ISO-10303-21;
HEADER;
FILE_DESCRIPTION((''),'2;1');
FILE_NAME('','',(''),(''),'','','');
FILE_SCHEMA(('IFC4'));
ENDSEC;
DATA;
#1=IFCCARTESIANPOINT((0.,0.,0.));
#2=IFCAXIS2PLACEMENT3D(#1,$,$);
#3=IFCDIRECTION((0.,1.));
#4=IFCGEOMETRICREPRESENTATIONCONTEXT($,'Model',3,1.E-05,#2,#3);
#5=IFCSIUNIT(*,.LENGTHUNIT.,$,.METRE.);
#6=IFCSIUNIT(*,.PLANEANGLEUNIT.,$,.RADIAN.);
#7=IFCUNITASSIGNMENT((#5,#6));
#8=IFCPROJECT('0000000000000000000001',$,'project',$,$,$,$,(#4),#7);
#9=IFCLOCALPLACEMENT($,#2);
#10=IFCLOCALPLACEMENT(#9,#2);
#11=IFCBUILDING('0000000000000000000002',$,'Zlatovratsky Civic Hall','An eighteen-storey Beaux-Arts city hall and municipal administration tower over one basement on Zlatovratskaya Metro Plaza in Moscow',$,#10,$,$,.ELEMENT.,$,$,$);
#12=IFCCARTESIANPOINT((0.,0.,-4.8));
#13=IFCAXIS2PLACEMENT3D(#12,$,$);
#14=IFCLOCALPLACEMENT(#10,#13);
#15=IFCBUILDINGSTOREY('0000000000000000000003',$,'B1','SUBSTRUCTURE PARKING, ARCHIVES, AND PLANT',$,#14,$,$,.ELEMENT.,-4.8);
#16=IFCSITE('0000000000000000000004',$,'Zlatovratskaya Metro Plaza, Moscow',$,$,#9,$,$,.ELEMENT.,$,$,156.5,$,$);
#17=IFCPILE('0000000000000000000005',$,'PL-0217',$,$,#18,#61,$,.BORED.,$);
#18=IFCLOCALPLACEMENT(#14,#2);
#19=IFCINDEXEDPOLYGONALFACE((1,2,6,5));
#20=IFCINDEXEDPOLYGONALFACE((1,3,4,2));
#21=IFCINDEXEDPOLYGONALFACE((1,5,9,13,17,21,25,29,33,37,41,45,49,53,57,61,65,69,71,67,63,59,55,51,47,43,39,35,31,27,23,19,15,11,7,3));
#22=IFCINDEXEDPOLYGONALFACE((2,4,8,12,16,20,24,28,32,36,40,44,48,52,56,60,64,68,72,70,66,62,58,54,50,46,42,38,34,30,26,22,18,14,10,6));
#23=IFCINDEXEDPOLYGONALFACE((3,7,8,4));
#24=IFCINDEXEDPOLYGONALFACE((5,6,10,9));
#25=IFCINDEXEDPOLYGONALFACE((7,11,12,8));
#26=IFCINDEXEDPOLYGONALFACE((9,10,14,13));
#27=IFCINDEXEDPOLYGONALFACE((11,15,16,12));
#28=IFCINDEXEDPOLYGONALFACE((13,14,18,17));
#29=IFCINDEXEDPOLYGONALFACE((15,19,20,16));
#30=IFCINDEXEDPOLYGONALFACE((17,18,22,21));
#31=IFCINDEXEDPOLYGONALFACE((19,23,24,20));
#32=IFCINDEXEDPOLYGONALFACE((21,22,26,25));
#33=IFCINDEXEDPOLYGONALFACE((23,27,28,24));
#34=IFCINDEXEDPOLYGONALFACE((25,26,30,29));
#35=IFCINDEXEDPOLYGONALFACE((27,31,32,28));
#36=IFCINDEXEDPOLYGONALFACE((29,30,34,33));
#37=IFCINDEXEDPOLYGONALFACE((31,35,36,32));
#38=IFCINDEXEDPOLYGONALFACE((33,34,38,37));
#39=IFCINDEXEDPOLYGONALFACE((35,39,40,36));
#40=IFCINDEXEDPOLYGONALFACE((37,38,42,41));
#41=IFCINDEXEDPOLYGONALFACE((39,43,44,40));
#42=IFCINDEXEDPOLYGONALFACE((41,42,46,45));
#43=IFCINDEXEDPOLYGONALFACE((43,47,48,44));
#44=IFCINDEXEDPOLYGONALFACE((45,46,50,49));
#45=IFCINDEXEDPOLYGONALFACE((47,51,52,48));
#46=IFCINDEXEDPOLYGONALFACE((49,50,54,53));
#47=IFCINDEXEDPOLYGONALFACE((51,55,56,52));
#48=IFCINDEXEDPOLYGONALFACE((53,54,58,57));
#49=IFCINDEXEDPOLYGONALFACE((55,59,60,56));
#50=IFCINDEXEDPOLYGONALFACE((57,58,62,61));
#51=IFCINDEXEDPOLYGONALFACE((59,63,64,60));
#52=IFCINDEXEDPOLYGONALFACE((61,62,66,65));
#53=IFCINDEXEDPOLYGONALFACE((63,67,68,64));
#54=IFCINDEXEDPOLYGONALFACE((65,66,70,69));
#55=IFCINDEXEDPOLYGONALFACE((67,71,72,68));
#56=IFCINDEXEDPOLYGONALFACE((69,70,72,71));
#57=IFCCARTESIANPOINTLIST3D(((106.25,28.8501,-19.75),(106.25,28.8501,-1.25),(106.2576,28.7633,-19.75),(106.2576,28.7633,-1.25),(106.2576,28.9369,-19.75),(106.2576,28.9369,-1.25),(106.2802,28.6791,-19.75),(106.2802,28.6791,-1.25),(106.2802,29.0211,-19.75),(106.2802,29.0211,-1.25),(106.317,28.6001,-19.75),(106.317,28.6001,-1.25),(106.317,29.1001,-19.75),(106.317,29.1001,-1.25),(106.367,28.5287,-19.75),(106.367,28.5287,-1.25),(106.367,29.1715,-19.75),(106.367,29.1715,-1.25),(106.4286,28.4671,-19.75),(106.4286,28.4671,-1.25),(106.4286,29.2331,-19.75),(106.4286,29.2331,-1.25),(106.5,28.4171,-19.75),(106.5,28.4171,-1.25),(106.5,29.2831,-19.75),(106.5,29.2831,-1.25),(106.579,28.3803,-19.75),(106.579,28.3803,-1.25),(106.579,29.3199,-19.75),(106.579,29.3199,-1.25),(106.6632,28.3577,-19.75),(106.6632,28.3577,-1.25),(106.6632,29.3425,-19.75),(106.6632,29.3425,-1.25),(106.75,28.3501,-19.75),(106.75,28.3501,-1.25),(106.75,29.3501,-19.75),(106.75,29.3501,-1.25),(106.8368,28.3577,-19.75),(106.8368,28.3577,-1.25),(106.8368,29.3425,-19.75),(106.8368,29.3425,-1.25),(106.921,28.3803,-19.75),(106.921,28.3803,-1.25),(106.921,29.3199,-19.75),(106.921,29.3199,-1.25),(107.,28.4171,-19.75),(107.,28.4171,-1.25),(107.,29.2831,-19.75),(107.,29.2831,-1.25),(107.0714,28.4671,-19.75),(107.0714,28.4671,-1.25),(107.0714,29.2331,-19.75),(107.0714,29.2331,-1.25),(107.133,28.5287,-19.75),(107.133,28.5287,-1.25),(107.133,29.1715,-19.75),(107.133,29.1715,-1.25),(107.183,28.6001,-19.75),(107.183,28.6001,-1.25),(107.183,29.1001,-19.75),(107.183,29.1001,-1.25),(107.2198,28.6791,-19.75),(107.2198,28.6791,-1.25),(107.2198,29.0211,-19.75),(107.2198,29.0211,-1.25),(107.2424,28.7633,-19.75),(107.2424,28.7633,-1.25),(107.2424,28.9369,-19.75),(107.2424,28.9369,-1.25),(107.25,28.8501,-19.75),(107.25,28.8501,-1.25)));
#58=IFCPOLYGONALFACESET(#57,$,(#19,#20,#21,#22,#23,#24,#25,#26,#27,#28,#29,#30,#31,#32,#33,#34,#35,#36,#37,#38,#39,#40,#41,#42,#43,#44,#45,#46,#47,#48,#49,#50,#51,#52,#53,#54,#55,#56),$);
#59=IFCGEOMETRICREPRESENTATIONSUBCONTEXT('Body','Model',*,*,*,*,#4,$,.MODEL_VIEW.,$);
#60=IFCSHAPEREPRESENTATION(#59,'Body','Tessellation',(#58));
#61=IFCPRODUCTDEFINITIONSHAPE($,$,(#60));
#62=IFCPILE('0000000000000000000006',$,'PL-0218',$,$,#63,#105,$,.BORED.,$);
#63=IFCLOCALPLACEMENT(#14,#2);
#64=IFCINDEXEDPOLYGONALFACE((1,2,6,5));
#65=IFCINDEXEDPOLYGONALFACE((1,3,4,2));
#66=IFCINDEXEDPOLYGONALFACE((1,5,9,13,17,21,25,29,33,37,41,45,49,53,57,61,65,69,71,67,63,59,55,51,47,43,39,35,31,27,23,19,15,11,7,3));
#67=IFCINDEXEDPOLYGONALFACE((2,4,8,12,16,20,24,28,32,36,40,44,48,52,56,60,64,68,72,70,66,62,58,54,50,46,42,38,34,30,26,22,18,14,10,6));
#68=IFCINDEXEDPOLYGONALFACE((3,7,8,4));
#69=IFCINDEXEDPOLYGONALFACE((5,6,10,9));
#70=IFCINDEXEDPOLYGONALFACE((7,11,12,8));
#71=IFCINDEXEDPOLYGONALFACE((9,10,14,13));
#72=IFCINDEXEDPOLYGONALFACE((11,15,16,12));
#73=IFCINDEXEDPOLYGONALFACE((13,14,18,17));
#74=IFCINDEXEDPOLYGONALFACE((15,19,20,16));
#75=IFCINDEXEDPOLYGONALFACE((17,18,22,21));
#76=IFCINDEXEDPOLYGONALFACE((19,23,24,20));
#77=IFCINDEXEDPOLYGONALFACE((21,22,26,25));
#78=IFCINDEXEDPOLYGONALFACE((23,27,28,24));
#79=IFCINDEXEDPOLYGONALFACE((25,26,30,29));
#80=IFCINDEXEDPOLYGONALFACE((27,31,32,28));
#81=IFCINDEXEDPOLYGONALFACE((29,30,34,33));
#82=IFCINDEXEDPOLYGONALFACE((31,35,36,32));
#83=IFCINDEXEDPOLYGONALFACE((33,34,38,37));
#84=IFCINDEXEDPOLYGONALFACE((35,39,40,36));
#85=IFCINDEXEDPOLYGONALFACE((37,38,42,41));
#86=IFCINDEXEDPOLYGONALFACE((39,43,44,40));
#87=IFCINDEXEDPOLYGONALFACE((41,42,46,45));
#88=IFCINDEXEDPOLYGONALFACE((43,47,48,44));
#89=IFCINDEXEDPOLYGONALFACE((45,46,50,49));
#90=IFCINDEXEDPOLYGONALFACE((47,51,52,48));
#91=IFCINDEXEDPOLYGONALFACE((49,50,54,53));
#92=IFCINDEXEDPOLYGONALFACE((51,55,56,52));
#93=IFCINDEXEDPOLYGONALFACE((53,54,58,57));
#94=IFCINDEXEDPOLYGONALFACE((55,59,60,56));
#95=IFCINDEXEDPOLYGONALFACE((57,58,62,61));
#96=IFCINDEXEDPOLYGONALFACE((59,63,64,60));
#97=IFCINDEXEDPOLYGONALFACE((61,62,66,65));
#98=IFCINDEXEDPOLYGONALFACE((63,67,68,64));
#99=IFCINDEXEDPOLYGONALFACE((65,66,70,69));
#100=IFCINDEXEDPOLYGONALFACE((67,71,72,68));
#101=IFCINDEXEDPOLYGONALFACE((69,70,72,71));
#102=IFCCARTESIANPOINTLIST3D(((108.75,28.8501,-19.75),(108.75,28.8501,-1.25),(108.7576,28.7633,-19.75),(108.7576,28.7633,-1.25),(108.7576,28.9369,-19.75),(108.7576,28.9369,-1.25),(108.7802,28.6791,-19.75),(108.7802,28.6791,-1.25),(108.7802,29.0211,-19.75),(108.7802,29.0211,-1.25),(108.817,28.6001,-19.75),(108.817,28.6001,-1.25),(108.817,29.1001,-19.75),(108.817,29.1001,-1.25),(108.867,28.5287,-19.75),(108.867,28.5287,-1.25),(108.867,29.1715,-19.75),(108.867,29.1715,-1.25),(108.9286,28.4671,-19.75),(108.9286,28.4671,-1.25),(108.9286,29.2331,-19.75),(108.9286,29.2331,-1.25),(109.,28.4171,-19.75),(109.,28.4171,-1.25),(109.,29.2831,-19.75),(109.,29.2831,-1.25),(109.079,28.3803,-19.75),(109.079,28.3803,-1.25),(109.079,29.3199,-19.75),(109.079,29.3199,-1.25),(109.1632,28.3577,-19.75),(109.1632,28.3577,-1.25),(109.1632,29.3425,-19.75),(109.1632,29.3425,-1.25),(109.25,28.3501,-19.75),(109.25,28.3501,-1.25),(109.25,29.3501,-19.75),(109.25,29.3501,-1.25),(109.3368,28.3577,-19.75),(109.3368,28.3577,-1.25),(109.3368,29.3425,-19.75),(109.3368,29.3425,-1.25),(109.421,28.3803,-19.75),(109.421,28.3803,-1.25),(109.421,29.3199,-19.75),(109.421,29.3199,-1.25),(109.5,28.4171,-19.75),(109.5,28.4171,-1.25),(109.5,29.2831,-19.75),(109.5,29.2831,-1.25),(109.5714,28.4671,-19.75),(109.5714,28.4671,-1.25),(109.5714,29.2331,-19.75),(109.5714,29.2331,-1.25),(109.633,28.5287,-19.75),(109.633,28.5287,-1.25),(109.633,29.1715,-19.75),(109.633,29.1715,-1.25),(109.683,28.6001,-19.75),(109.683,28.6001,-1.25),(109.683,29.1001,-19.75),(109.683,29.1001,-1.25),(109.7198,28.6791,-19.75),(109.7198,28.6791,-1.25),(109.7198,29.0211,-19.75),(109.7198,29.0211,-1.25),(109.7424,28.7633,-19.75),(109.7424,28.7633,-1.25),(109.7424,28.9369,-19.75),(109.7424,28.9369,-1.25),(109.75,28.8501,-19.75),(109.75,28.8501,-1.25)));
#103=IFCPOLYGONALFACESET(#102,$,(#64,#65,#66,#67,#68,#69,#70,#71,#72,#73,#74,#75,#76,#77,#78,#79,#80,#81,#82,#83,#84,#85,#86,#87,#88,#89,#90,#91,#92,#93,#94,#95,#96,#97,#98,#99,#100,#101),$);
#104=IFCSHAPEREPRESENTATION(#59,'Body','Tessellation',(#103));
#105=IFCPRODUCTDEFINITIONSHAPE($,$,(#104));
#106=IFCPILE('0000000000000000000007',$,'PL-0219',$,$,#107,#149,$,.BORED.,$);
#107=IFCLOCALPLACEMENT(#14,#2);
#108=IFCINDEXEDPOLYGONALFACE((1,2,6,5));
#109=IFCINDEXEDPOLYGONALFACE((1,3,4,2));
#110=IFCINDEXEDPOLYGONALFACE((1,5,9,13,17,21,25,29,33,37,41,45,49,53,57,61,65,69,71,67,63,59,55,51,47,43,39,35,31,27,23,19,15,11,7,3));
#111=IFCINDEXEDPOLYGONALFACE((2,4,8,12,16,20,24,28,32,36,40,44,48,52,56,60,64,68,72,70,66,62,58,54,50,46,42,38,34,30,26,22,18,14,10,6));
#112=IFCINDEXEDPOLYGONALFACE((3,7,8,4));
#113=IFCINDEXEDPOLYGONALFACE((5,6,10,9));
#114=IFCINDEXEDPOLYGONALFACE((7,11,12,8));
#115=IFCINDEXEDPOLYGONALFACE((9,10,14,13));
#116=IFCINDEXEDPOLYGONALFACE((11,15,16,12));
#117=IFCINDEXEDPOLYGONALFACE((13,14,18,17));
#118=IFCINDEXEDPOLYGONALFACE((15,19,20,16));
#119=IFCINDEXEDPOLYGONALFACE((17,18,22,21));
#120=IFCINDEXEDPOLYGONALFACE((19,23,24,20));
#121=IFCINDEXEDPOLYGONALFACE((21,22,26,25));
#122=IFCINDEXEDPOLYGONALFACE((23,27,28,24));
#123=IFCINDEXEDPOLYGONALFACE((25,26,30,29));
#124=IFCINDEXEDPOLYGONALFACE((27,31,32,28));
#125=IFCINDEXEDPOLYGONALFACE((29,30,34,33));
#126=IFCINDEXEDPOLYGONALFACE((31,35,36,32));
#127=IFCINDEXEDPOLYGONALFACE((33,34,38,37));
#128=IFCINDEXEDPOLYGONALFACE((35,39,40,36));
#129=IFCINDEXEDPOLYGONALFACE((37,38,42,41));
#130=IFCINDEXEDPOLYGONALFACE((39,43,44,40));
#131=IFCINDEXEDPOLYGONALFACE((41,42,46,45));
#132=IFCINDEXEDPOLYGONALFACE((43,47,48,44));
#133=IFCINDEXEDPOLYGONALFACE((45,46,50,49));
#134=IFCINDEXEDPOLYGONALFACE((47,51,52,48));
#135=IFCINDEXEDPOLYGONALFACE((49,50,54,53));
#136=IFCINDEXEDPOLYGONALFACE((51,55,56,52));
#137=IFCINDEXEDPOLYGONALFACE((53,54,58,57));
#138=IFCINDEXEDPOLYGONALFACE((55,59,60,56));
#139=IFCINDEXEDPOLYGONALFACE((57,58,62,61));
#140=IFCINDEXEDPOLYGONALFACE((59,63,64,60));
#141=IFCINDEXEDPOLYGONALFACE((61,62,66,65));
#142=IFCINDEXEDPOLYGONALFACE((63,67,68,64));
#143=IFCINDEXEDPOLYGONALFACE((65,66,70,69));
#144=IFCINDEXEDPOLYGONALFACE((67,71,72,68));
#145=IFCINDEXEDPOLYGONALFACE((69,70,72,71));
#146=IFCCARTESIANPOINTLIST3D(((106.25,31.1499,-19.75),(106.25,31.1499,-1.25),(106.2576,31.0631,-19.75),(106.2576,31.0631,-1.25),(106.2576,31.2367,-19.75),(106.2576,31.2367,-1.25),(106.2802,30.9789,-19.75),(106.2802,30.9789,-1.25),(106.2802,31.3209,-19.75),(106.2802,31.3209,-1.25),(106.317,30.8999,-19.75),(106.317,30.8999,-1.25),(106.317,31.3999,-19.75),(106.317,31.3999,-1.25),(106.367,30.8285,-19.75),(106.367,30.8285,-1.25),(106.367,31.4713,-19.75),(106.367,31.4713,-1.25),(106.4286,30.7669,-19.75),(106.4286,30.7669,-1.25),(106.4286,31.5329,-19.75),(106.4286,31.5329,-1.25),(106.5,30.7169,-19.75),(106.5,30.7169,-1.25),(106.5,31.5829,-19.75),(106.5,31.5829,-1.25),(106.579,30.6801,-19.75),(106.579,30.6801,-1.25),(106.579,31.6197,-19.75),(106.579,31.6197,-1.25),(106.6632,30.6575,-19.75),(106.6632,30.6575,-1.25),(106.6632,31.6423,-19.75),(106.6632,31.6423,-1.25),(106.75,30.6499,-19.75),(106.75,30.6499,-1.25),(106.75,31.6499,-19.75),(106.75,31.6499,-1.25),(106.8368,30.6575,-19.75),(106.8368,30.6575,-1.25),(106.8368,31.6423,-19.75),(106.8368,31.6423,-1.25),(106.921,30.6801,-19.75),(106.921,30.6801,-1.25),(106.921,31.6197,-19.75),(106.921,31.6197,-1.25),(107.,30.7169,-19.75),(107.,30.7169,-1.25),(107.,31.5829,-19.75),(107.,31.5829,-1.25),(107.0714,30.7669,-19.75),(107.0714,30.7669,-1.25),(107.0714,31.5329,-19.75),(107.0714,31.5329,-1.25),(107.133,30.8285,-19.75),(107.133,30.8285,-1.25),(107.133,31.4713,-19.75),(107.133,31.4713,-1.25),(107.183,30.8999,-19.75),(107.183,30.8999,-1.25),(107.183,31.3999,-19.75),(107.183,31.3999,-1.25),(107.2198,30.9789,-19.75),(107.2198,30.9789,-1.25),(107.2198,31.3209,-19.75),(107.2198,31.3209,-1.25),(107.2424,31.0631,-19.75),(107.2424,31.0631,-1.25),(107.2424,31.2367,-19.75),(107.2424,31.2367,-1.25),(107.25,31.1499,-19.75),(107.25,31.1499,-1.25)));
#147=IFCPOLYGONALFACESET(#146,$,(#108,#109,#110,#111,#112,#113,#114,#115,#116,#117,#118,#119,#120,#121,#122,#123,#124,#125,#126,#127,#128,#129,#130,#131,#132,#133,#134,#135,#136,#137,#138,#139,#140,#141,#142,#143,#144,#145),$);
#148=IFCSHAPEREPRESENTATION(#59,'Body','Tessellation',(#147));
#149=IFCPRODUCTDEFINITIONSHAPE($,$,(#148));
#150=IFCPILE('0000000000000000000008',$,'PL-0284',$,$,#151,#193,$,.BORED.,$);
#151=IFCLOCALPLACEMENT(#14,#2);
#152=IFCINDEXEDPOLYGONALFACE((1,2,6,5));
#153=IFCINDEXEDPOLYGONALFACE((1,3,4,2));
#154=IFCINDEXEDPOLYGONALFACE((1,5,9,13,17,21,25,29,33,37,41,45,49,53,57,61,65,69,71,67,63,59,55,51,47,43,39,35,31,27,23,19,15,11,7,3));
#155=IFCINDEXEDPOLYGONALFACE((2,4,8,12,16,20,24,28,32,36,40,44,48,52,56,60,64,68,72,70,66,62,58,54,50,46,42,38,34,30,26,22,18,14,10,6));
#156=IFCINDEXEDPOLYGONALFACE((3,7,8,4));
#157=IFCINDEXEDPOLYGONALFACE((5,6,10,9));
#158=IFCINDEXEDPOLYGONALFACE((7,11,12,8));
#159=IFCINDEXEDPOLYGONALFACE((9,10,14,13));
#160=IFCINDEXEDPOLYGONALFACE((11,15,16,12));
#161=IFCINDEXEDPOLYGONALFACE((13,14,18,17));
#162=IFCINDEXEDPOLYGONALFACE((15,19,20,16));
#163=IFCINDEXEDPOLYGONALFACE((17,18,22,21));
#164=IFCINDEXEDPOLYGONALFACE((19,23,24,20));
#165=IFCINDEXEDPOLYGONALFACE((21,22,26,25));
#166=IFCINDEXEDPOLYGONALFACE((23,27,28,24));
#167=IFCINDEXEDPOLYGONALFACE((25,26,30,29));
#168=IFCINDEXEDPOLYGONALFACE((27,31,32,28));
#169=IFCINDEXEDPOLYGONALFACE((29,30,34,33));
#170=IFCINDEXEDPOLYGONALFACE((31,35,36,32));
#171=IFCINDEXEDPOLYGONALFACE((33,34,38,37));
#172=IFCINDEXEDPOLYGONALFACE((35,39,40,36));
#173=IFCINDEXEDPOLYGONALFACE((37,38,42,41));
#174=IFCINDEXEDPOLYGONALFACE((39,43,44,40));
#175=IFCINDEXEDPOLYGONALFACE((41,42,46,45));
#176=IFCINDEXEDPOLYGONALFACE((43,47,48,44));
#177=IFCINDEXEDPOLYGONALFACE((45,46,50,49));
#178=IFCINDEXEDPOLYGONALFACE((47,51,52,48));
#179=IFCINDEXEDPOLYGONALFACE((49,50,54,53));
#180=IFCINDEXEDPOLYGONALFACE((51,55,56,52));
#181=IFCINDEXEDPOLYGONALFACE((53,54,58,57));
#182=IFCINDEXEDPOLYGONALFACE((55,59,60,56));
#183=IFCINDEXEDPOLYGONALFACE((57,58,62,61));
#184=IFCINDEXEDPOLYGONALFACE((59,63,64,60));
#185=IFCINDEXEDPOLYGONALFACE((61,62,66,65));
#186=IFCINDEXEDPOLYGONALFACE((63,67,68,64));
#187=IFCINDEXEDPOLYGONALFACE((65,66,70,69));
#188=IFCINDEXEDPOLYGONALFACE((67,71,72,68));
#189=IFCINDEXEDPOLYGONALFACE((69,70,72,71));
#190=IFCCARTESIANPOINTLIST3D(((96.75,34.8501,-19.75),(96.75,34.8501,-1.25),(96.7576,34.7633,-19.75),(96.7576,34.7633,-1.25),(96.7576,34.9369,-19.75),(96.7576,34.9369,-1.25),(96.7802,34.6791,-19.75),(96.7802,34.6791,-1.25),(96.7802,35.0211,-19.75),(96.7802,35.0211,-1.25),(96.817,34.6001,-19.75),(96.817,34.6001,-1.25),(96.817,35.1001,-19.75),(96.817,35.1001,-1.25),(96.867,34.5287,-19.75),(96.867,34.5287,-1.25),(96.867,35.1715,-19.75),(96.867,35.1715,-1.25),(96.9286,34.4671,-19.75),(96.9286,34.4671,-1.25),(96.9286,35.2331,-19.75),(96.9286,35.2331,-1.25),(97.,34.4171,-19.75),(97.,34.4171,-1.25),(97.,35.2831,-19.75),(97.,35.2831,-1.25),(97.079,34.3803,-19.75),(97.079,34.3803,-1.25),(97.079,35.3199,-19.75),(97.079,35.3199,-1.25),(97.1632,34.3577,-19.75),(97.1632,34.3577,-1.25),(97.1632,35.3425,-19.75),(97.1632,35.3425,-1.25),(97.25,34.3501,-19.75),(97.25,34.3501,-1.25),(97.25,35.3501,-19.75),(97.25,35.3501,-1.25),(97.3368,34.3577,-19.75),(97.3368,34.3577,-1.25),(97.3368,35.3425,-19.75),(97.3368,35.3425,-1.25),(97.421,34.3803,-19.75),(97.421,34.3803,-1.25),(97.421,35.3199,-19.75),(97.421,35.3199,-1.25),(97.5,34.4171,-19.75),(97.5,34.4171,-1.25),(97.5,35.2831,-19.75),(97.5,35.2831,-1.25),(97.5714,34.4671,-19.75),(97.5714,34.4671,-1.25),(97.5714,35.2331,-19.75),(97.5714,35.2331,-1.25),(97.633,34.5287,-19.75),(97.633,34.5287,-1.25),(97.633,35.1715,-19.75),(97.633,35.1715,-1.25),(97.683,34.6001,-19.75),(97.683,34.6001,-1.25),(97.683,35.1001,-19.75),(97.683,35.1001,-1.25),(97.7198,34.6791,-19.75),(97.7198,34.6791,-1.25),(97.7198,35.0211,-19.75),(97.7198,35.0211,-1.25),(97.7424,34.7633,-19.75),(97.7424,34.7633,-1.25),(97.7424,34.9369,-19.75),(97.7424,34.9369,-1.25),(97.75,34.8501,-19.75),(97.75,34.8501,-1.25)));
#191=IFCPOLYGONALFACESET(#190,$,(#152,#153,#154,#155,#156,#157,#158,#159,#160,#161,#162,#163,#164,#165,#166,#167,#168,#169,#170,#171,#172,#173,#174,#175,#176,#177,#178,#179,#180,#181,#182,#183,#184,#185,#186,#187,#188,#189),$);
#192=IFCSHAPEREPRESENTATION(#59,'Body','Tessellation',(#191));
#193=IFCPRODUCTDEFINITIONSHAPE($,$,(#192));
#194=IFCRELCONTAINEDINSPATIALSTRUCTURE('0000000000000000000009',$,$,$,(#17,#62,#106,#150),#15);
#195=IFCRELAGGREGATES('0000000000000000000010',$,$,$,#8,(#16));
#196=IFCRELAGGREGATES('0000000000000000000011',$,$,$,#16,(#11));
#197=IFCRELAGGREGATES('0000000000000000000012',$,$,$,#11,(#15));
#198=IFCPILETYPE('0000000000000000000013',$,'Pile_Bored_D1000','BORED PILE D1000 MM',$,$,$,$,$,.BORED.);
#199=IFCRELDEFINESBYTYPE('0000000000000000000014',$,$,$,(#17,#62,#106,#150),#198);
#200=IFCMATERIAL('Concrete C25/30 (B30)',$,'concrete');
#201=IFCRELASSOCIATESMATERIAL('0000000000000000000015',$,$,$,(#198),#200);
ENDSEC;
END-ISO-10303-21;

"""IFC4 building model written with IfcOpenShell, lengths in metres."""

from ifc_helpers import new_model, si_unit, direction, frame, origin, origin_2d, place, context, subcontext, project, spatial, circle, extrude, material, material_profile, profile_set, type_object, element, save


model = new_model("IFC4")

# Units and contexts
model_context = context("Model", 3, precision=1e-05, world=origin(), true_north=direction((0.0, 1.0)))
body_context = subcontext(model_context, "Body", "Model", "MODEL_VIEW")
ifc_project = project(units=[si_unit("LENGTHUNIT", "METRE"), si_unit("PLANEANGLEUNIT", "RADIAN")], contexts=[model_context])

# Site, building, storey
site_placement = place(None, origin())
site = spatial("IfcSite", under=ifc_project, at=site_placement, Name="Zlatovratskaya Metro Plaza, Moscow", CompositionType="ELEMENT", RefElevation=156.5)
building_placement = place(site_placement, origin())
building = spatial("IfcBuilding", under=site, at=building_placement, Name="Zlatovratsky Civic Hall", Description="An eighteen-storey Beaux-Arts city hall and municipal administration tower over one basement on Zlatovratskaya Metro Plaza in Moscow", CompositionType="ELEMENT")
storey_placement = place(building_placement, frame((0.0, 0.0, -4.8)))
storey = spatial("IfcBuildingStorey", under=building, at=storey_placement, Name="B1", Description="SUBSTRUCTURE PARKING, ARCHIVES, AND PLANT", CompositionType="ELEMENT", Elevation=-4.8)

# Shared definitions
ifc_material_1 = material(Name="Concrete C25/30 (B30)", Category="concrete")

# Piles
ifc_material_profile_1 = material_profile(ifc_material_1, circle(Radius=0.5, at=origin_2d()), Name="PILE D1000")
ifc_profile_set_1 = profile_set([ifc_material_profile_1], Name="Concrete C25/30 (B30)")
pile_type = type_object("IfcPileType", Name="Pile_Bored_D1000", Description="BORED PILE D1000 MM", PredefinedType="BORED", material=ifc_profile_set_1)
for number, where, z_axis, x_axis, name in (
    (1, (106.75, 28.8501, -1.25), (0.0, 0.0, -1.0), (1.0, 0.0, 0.0), "PL-0217"),
    (2, (109.25, 28.8501, -1.25), (0.0, 0.0, -1.0), (1.0, 0.0, 0.0), "PL-0218"),
    (3, (106.75, 31.1499, -1.25), (0.0, 0.0, -1.0), (1.0, 0.0, 0.0), "PL-0219"),
    (4, (97.25, 34.8501, -1.25), (0.0, 0.0, -1.0), (1.0, 0.0, 0.0), "PL-0284"),
):
    element("IfcPile", number, at=place(storey_placement, frame(where, z_axis=z_axis, x_axis=x_axis)), inside=storey, type_object=pile_type, Name=name, PredefinedType="BORED", context=body_context, shape_type="SweptSolid", body=[
        extrude(circle(Radius=0.5, at=origin_2d()), origin(), (0.0, 0.0, 1.0), 18.5),
    ])

save(model, "model.ifc")
